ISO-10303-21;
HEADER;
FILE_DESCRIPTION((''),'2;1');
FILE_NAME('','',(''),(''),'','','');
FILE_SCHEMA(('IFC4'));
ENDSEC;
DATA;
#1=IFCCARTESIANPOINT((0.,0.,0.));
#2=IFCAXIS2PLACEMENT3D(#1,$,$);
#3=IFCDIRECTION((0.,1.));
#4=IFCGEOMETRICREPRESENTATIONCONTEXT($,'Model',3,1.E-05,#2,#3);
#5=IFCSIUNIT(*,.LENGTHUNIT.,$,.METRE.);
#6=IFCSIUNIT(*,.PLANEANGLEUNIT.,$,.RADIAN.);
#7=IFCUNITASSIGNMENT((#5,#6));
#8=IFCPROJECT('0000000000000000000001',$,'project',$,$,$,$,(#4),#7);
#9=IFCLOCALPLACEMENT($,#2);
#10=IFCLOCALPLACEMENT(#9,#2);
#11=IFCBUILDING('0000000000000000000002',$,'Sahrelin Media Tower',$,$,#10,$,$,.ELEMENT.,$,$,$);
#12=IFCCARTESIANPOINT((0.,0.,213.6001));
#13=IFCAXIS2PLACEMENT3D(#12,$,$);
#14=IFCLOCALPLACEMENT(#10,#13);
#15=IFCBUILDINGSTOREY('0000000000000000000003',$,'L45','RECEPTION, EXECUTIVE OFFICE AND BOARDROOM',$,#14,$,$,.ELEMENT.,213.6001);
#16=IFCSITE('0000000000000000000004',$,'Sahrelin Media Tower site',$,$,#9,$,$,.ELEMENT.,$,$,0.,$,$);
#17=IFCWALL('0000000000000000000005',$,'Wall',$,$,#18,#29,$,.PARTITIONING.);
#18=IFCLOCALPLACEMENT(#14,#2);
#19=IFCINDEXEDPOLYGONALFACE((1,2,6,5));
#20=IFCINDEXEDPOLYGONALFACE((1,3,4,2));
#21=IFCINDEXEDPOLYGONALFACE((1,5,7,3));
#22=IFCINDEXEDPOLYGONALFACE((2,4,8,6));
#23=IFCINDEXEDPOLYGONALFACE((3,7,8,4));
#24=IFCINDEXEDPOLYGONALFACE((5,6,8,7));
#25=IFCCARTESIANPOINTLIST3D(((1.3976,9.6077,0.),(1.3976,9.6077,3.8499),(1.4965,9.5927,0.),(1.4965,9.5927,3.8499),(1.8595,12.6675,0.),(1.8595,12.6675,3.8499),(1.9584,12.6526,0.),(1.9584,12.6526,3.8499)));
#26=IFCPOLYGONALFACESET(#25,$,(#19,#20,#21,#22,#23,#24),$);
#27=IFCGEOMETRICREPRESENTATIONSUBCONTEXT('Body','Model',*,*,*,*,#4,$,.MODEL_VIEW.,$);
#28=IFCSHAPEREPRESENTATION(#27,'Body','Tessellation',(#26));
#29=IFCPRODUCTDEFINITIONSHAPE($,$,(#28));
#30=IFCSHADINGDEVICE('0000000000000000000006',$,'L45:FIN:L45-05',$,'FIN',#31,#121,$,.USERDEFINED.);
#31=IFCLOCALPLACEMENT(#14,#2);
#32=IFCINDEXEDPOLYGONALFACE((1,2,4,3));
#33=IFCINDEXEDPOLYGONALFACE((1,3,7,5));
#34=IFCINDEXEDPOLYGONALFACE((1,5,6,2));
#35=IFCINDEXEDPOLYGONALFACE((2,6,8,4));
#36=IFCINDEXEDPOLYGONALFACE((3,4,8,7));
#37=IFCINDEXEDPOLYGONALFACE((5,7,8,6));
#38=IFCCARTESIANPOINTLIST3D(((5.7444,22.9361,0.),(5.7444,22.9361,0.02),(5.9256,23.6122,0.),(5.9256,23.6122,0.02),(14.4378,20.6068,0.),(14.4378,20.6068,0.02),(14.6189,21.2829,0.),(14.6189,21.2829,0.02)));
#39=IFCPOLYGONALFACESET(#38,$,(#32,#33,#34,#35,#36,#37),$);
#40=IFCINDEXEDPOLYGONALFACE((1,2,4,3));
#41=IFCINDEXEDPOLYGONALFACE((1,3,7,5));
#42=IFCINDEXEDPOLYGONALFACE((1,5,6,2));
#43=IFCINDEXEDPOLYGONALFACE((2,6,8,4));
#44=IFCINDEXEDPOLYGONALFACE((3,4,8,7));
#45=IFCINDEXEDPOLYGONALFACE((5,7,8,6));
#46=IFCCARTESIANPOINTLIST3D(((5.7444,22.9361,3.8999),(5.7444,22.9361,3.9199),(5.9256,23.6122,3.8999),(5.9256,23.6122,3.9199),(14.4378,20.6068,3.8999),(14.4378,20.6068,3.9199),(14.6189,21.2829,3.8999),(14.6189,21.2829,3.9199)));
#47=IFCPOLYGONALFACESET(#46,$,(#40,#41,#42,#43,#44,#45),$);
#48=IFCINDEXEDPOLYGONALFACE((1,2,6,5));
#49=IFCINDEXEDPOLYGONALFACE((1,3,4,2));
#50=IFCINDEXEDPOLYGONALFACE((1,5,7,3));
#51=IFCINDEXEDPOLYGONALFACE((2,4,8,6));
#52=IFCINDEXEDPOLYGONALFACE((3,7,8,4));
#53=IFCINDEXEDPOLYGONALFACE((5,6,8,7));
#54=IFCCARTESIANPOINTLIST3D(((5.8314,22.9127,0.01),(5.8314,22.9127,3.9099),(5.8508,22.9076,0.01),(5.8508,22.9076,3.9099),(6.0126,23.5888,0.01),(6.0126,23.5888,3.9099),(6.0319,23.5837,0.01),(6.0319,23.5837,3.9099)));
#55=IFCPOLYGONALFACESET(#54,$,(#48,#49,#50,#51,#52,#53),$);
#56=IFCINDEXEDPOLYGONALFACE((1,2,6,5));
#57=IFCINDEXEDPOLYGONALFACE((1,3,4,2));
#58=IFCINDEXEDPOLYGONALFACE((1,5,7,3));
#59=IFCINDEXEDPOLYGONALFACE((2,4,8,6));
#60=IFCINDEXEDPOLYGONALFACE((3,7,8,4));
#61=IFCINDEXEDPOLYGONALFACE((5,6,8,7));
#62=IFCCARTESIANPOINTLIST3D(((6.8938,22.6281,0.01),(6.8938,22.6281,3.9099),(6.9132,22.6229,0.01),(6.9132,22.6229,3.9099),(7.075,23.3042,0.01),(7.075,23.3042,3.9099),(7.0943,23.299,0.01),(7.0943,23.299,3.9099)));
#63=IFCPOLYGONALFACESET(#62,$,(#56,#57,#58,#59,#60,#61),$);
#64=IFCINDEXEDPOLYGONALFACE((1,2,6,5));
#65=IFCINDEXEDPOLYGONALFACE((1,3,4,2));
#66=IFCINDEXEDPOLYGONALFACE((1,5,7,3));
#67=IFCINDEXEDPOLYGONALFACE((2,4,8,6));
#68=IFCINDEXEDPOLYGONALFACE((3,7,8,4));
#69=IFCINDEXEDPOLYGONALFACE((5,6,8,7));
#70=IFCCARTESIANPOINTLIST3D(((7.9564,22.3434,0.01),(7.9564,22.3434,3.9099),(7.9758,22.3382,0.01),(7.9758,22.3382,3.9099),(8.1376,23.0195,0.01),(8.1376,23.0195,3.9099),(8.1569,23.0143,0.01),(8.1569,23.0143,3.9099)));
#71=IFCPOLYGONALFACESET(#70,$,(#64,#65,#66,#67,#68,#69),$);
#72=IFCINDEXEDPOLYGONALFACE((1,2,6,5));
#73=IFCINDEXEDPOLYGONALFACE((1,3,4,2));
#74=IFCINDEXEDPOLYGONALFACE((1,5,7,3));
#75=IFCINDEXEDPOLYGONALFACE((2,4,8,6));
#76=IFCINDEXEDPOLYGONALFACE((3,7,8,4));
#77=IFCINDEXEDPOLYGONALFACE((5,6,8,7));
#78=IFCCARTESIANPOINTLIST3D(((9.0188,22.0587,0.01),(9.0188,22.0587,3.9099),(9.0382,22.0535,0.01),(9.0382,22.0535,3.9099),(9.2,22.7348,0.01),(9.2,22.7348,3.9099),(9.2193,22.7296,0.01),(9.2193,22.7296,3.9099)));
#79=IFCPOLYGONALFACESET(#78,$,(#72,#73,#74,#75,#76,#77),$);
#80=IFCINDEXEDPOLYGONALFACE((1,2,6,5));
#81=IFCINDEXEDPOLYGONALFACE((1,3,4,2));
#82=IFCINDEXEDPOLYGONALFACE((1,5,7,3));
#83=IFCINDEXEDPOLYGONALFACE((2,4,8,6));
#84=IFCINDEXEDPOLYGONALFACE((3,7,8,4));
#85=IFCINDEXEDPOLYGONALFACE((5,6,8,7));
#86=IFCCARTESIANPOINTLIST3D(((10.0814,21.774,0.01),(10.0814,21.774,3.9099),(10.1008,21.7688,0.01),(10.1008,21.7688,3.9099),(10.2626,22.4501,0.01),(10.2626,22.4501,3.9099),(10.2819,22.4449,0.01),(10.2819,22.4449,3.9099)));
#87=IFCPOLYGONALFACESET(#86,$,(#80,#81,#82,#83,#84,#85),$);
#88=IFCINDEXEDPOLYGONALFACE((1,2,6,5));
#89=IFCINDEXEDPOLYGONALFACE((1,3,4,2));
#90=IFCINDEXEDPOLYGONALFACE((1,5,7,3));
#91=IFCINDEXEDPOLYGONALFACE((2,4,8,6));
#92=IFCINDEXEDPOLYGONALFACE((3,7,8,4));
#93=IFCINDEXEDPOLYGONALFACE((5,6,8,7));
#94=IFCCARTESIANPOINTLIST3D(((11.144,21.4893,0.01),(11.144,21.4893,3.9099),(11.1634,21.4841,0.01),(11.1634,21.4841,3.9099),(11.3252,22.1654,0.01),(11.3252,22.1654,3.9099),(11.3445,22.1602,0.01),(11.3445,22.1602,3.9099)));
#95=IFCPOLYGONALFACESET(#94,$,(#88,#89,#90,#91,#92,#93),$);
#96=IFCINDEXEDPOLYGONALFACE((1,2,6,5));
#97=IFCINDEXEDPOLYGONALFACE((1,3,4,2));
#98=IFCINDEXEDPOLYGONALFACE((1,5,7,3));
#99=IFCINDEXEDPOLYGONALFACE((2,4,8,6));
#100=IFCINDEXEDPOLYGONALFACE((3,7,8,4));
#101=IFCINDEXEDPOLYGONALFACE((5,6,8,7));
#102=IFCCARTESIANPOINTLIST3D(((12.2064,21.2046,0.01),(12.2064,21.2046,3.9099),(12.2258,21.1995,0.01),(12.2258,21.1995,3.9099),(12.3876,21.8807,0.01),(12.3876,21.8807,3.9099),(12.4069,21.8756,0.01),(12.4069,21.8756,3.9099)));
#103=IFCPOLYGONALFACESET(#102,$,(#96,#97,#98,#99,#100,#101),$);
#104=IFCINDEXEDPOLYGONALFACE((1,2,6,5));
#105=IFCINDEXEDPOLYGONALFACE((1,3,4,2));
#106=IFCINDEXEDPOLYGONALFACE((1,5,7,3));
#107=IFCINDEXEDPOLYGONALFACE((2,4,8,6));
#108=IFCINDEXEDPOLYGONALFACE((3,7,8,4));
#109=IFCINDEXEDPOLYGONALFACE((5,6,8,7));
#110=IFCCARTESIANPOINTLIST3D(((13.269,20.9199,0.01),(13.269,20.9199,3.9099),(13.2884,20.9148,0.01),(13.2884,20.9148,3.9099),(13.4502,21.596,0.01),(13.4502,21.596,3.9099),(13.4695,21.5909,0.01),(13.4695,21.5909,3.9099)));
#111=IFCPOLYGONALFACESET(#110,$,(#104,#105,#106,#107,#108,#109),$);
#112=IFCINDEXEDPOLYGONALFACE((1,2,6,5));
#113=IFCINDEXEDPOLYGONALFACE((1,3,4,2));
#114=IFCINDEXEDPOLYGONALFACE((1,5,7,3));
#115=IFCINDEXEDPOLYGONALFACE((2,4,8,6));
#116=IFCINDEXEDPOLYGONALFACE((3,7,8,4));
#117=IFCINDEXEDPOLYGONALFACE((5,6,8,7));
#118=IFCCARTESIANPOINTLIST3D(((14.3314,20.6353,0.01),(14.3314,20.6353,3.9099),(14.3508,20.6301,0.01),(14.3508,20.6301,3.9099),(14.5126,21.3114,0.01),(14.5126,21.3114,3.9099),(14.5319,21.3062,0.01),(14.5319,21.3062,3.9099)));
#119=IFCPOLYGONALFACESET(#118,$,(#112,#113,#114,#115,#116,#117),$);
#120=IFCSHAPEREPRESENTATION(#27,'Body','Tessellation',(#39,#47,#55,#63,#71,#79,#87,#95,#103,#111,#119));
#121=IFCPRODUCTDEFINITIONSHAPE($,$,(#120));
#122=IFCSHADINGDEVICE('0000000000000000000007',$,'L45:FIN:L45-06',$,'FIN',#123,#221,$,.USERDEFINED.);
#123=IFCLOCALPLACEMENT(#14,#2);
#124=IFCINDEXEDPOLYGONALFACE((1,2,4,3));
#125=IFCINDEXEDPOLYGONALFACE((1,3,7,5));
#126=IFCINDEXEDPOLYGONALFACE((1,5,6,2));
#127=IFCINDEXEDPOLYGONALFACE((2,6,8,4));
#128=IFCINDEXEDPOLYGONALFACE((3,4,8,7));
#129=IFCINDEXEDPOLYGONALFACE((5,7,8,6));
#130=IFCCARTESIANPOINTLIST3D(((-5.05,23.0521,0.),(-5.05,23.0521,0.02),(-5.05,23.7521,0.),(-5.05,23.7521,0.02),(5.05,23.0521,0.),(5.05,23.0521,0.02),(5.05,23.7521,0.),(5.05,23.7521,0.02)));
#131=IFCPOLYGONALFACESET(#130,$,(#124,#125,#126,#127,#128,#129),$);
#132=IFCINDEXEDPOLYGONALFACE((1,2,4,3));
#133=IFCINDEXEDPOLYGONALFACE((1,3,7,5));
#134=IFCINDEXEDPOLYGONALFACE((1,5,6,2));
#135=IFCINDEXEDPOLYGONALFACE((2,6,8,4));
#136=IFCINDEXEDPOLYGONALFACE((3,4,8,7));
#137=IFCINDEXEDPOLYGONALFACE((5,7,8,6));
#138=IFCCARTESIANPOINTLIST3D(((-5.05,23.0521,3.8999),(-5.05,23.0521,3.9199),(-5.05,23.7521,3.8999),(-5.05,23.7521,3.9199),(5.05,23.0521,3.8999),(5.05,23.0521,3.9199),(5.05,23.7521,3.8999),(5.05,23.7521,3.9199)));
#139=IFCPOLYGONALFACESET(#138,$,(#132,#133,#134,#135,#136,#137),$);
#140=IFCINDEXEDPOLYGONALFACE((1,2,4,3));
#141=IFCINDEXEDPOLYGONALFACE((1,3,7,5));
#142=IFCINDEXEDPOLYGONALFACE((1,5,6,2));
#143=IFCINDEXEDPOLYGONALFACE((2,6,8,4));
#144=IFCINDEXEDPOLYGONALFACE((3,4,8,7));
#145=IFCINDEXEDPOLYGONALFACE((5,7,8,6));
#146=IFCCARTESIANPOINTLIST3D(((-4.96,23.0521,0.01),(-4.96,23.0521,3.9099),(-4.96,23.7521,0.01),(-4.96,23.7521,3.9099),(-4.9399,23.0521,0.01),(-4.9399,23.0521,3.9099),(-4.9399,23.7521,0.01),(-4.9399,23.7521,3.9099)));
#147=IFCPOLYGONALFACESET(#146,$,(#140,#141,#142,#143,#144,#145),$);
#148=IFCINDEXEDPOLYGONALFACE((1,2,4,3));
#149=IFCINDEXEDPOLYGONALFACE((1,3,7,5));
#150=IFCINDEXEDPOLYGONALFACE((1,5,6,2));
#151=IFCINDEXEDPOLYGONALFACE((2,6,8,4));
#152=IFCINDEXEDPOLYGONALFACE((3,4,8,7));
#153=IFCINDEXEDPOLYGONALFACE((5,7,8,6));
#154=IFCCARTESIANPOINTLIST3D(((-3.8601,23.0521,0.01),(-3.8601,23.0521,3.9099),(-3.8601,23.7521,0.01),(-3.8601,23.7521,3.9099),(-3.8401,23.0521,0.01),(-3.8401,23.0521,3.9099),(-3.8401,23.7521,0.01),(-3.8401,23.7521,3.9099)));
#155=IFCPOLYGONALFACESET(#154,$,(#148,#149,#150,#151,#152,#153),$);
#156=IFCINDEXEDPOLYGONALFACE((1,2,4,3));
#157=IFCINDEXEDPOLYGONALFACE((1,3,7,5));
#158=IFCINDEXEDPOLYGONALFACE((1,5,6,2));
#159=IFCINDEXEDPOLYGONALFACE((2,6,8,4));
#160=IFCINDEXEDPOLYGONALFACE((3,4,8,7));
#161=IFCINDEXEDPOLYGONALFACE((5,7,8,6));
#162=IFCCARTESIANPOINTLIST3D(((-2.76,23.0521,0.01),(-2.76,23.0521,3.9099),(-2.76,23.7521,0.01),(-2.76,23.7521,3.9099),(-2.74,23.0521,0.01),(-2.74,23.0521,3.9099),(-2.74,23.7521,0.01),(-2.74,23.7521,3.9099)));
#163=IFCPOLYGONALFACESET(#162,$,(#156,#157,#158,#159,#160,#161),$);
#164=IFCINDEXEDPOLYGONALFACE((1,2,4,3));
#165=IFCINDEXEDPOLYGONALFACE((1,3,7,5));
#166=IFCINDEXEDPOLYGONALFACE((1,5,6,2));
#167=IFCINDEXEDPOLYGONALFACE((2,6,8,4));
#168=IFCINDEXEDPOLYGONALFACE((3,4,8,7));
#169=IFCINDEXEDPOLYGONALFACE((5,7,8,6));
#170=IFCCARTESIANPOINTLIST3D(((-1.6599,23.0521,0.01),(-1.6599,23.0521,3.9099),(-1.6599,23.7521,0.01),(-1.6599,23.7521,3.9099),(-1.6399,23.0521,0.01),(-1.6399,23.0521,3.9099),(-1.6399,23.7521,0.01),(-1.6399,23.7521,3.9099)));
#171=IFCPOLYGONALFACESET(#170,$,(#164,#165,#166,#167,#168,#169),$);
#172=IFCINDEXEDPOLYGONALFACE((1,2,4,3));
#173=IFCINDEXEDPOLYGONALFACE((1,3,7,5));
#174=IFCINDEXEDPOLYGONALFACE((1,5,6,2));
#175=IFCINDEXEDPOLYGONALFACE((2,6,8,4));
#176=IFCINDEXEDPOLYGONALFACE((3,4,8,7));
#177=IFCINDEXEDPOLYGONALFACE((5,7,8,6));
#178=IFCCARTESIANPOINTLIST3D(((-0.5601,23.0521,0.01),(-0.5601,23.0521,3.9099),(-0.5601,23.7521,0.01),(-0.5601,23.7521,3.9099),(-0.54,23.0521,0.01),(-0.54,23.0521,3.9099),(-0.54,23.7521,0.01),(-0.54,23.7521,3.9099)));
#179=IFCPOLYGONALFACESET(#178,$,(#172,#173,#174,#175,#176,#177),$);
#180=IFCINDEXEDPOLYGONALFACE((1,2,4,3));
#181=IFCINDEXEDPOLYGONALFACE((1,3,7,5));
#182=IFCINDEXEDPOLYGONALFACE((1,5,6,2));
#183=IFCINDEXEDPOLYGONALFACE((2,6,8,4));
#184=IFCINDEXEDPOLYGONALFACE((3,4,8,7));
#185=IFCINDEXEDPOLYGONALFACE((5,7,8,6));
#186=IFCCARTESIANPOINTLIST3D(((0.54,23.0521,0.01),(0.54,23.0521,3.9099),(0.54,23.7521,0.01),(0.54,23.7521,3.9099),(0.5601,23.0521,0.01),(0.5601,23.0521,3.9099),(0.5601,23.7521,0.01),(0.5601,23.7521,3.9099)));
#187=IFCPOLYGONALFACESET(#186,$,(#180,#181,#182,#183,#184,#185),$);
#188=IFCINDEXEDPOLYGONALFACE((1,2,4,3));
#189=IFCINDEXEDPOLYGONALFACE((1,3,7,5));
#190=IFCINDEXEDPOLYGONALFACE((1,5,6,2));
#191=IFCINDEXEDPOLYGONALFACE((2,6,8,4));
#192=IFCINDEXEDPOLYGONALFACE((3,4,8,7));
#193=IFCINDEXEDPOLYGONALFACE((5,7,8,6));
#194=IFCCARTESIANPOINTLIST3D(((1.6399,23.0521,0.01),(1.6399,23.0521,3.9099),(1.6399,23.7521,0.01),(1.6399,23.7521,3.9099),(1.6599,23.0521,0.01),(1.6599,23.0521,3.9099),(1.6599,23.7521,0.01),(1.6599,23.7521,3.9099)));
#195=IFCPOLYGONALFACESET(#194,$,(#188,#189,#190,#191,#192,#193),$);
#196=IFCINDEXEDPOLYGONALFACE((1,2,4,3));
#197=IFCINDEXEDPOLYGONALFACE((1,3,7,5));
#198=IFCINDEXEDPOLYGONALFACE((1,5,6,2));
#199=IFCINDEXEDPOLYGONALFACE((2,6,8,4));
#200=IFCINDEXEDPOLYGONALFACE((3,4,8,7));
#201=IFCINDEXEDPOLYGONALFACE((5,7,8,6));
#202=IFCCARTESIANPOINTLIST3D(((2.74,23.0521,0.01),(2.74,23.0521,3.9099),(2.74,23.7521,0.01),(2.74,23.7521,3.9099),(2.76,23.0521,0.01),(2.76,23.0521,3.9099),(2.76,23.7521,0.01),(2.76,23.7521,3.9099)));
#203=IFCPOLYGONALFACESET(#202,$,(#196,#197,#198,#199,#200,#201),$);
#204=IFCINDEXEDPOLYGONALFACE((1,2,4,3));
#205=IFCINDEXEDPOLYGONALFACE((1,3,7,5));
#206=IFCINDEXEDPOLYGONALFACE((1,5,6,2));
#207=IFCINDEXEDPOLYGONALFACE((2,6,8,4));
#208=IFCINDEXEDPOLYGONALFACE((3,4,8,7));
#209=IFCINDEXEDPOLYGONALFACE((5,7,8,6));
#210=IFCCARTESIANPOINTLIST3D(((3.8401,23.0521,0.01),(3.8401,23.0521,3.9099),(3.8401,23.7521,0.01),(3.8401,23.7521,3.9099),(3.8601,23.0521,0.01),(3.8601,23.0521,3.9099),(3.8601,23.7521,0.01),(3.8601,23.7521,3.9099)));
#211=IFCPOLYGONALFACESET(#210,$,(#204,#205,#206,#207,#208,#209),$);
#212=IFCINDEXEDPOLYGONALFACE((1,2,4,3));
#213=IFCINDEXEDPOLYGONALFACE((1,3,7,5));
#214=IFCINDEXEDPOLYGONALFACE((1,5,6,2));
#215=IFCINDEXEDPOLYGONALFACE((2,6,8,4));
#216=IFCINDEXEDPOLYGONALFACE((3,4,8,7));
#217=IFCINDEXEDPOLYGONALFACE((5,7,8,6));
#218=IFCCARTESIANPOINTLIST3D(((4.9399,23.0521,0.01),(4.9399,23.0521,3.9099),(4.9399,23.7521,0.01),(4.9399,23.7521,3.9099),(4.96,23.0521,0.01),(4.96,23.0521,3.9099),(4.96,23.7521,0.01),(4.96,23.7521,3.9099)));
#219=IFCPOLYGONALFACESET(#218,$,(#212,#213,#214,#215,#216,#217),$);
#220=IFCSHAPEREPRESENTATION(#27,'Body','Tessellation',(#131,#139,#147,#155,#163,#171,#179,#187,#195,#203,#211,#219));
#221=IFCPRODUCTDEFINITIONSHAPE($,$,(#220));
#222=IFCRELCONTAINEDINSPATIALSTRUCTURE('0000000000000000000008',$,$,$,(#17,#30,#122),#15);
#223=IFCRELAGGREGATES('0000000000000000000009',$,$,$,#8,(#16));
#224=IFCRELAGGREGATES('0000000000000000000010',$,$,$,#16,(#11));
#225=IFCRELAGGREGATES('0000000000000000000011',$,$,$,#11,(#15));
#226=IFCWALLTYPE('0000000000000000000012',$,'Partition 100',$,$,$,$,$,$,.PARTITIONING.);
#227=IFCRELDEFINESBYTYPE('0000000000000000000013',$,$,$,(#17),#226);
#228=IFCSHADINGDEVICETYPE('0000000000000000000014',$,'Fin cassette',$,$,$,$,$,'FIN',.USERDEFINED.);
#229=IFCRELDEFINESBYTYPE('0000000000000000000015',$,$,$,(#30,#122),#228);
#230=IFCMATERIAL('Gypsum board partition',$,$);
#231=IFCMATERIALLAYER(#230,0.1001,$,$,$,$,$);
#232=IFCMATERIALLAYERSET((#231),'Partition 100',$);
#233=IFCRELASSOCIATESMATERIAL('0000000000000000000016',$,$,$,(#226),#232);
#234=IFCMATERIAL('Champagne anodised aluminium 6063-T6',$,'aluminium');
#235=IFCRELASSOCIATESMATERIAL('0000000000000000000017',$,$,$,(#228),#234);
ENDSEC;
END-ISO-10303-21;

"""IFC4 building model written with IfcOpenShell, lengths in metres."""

from ifc_helpers import new_model, si_unit, direction, frame, frame_2d, origin, origin_2d, place, context, subcontext, project, spatial, rectangle, extrude, material, layer, layer_set, type_object, element, save


model = new_model("IFC4")

# Units and contexts
model_context = context("Model", 3, precision=1e-05, world=origin(), true_north=direction((0.0, 1.0)))
body_context = subcontext(model_context, "Body", "Model", "MODEL_VIEW")
ifc_project = project(units=[si_unit("LENGTHUNIT", "METRE"), si_unit("PLANEANGLEUNIT", "RADIAN")], contexts=[model_context])

# Site, building, storey
site_placement = place(None, origin())
site = spatial("IfcSite", under=ifc_project, at=site_placement, Name="Sahrelin Media Tower site", CompositionType="ELEMENT", RefElevation=0.0)
building_placement = place(site_placement, origin())
building = spatial("IfcBuilding", under=site, at=building_placement, Name="Sahrelin Media Tower", CompositionType="ELEMENT")
storey_placement = place(building_placement, frame((0.0, 0.0, 213.6001)))
storey = spatial("IfcBuildingStorey", under=building, at=storey_placement, Name="L45", Description="RECEPTION, EXECUTIVE OFFICE AND BOARDROOM", CompositionType="ELEMENT", Elevation=213.6001)

# Shared definitions
ifc_material_1 = material(Name="Champagne anodised aluminium 6063-T6", Category="aluminium")

# Shared definitions
placement_1 = place(storey_placement, frame((0.0, 22.9822, 0.0), z_axis=(0.0, 0.0, 1.0), x_axis=(1.0, 0.0, 0.0)))

# Wall
ifc_material_2 = material(Name="Gypsum board partition")
ifc_layer_1 = layer(ifc_material_2, 0.1001)
ifc_layer_set_1 = layer_set([ifc_layer_1], Name="Partition 100")
wall_type_1 = type_object("IfcWallType", Name="Partition 100", PredefinedType="PARTITIONING", material=ifc_layer_set_1)
wall_1_placement = place(storey_placement, frame((1.447, 9.6001, 0.0), z_axis=(0.0, 0.0, 1.0), x_axis=(0.14927, 0.988796, 0.0)))
element("IfcWall", 1, at=wall_1_placement, inside=storey, type_object=wall_type_1, Name="Wall", PredefinedType="PARTITIONING", context=body_context, shape_type="SweptSolid", body=[
    extrude(rectangle(XDim=3.0945, YDim=0.1001, at=frame_2d((1.5474, 0.0))), origin(), (0.0, 0.0, 1.0), 3.8499),
])

# Shading devices
shading_device_type_1 = type_object("IfcShadingDeviceType", Name="Fin cassette", ElementType="FIN", PredefinedType="USERDEFINED", material=ifc_material_1)
placement_2 = place(storey_placement, frame((10.073, 21.7039, 0.0), z_axis=(0.0, 0.0, 1.0), x_axis=(0.965929, -0.258808, 0.0)))
element("IfcShadingDevice", 2, at=placement_2, inside=storey, type_object=shading_device_type_1, Name="L45:FIN:L45-05", ObjectType="FIN", PredefinedType="USERDEFINED", context=body_context, shape_type="SweptSolid", body=[
    extrude(rectangle(XDim=9.0, YDim=0.7, at=origin_2d()), frame((0.0, 0.4199, 0.0)), (0.0, 0.0, 1.0), 0.02),
    extrude(rectangle(XDim=9.0, YDim=0.7, at=origin_2d()), frame((0.0, 0.4199, 3.8999)), (0.0, 0.0, 1.0), 0.02),
    extrude(rectangle(XDim=0.02, YDim=0.7, at=origin_2d()), frame((-4.3999, 0.4199, 0.01), z_axis=(0.0, 0.0, 1.0), x_axis=(1.0, 0.0, 0.0)), (0.0, 0.0, 1.0), 3.8999),
    extrude(rectangle(XDim=0.02, YDim=0.7, at=origin_2d()), frame((-3.3, 0.4199, 0.01), z_axis=(0.0, 0.0, 1.0), x_axis=(1.0, 0.0, 0.0)), (0.0, 0.0, 1.0), 3.8999),
    extrude(rectangle(XDim=0.02, YDim=0.7, at=origin_2d()), frame((-2.2, 0.4199, 0.01), z_axis=(0.0, 0.0, 1.0), x_axis=(1.0, 0.0, 0.0)), (0.0, 0.0, 1.0), 3.8999),
    extrude(rectangle(XDim=0.02, YDim=0.7, at=origin_2d()), frame((-1.1001, 0.4199, 0.01), z_axis=(0.0, 0.0, 1.0), x_axis=(1.0, 0.0, 0.0)), (0.0, 0.0, 1.0), 3.8999),
    extrude(rectangle(XDim=0.02, YDim=0.7, at=origin_2d()), frame((0.0, 0.4199, 0.01), z_axis=(0.0, 0.0, 1.0), x_axis=(1.0, 0.0, 0.0)), (0.0, 0.0, 1.0), 3.8999),
    extrude(rectangle(XDim=0.02, YDim=0.7, at=origin_2d()), frame((1.1001, 0.4199, 0.01), z_axis=(0.0, 0.0, 1.0), x_axis=(1.0, 0.0, 0.0)), (0.0, 0.0, 1.0), 3.8999),
    extrude(rectangle(XDim=0.02, YDim=0.7, at=origin_2d()), frame((2.2, 0.4199, 0.01), z_axis=(0.0, 0.0, 1.0), x_axis=(1.0, 0.0, 0.0)), (0.0, 0.0, 1.0), 3.8999),
    extrude(rectangle(XDim=0.02, YDim=0.7, at=origin_2d()), frame((3.3, 0.4199, 0.01), z_axis=(0.0, 0.0, 1.0), x_axis=(1.0, 0.0, 0.0)), (0.0, 0.0, 1.0), 3.8999),
    extrude(rectangle(XDim=0.02, YDim=0.7, at=origin_2d()), frame((4.3999, 0.4199, 0.01), z_axis=(0.0, 0.0, 1.0), x_axis=(1.0, 0.0, 0.0)), (0.0, 0.0, 1.0), 3.8999),
])
element("IfcShadingDevice", 3, at=placement_1, inside=storey, type_object=shading_device_type_1, Name="L45:FIN:L45-06", ObjectType="FIN", PredefinedType="USERDEFINED", context=body_context, shape_type="SweptSolid", body=[
    extrude(rectangle(XDim=10.1001, YDim=0.7, at=origin_2d()), frame((0.0, 0.4199, 0.0)), (0.0, 0.0, 1.0), 0.02),
    extrude(rectangle(XDim=10.1001, YDim=0.7, at=origin_2d()), frame((0.0, 0.4199, 3.8999)), (0.0, 0.0, 1.0), 0.02),
    extrude(rectangle(XDim=0.02, YDim=0.7, at=origin_2d()), frame((-4.95, 0.4199, 0.01), z_axis=(0.0, 0.0, 1.0), x_axis=(1.0, 0.0, 0.0)), (0.0, 0.0, 1.0), 3.8999),
    extrude(rectangle(XDim=0.02, YDim=0.7, at=origin_2d()), frame((-3.8501, 0.4199, 0.01), z_axis=(0.0, 0.0, 1.0), x_axis=(1.0, 0.0, 0.0)), (0.0, 0.0, 1.0), 3.8999),
    extrude(rectangle(XDim=0.02, YDim=0.7, at=origin_2d()), frame((-2.75, 0.4199, 0.01), z_axis=(0.0, 0.0, 1.0), x_axis=(1.0, 0.0, 0.0)), (0.0, 0.0, 1.0), 3.8999),
    extrude(rectangle(XDim=0.02, YDim=0.7, at=origin_2d()), frame((-1.6499, 0.4199, 0.01), z_axis=(0.0, 0.0, 1.0), x_axis=(1.0, 0.0, 0.0)), (0.0, 0.0, 1.0), 3.8999),
    extrude(rectangle(XDim=0.02, YDim=0.7, at=origin_2d()), frame((-0.55, 0.4199, 0.01), z_axis=(0.0, 0.0, 1.0), x_axis=(1.0, 0.0, 0.0)), (0.0, 0.0, 1.0), 3.8999),
    extrude(rectangle(XDim=0.02, YDim=0.7, at=origin_2d()), frame((0.55, 0.4199, 0.01), z_axis=(0.0, 0.0, 1.0), x_axis=(1.0, 0.0, 0.0)), (0.0, 0.0, 1.0), 3.8999),
    extrude(rectangle(XDim=0.02, YDim=0.7, at=origin_2d()), frame((1.6499, 0.4199, 0.01), z_axis=(0.0, 0.0, 1.0), x_axis=(1.0, 0.0, 0.0)), (0.0, 0.0, 1.0), 3.8999),
    extrude(rectangle(XDim=0.02, YDim=0.7, at=origin_2d()), frame((2.75, 0.4199, 0.01), z_axis=(0.0, 0.0, 1.0), x_axis=(1.0, 0.0, 0.0)), (0.0, 0.0, 1.0), 3.8999),
    extrude(rectangle(XDim=0.02, YDim=0.7, at=origin_2d()), frame((3.8501, 0.4199, 0.01), z_axis=(0.0, 0.0, 1.0), x_axis=(1.0, 0.0, 0.0)), (0.0, 0.0, 1.0), 3.8999),
    extrude(rectangle(XDim=0.02, YDim=0.7, at=origin_2d()), frame((4.95, 0.4199, 0.01), z_axis=(0.0, 0.0, 1.0), x_axis=(1.0, 0.0, 0.0)), (0.0, 0.0, 1.0), 3.8999),
])

save(model, "model.ifc")
